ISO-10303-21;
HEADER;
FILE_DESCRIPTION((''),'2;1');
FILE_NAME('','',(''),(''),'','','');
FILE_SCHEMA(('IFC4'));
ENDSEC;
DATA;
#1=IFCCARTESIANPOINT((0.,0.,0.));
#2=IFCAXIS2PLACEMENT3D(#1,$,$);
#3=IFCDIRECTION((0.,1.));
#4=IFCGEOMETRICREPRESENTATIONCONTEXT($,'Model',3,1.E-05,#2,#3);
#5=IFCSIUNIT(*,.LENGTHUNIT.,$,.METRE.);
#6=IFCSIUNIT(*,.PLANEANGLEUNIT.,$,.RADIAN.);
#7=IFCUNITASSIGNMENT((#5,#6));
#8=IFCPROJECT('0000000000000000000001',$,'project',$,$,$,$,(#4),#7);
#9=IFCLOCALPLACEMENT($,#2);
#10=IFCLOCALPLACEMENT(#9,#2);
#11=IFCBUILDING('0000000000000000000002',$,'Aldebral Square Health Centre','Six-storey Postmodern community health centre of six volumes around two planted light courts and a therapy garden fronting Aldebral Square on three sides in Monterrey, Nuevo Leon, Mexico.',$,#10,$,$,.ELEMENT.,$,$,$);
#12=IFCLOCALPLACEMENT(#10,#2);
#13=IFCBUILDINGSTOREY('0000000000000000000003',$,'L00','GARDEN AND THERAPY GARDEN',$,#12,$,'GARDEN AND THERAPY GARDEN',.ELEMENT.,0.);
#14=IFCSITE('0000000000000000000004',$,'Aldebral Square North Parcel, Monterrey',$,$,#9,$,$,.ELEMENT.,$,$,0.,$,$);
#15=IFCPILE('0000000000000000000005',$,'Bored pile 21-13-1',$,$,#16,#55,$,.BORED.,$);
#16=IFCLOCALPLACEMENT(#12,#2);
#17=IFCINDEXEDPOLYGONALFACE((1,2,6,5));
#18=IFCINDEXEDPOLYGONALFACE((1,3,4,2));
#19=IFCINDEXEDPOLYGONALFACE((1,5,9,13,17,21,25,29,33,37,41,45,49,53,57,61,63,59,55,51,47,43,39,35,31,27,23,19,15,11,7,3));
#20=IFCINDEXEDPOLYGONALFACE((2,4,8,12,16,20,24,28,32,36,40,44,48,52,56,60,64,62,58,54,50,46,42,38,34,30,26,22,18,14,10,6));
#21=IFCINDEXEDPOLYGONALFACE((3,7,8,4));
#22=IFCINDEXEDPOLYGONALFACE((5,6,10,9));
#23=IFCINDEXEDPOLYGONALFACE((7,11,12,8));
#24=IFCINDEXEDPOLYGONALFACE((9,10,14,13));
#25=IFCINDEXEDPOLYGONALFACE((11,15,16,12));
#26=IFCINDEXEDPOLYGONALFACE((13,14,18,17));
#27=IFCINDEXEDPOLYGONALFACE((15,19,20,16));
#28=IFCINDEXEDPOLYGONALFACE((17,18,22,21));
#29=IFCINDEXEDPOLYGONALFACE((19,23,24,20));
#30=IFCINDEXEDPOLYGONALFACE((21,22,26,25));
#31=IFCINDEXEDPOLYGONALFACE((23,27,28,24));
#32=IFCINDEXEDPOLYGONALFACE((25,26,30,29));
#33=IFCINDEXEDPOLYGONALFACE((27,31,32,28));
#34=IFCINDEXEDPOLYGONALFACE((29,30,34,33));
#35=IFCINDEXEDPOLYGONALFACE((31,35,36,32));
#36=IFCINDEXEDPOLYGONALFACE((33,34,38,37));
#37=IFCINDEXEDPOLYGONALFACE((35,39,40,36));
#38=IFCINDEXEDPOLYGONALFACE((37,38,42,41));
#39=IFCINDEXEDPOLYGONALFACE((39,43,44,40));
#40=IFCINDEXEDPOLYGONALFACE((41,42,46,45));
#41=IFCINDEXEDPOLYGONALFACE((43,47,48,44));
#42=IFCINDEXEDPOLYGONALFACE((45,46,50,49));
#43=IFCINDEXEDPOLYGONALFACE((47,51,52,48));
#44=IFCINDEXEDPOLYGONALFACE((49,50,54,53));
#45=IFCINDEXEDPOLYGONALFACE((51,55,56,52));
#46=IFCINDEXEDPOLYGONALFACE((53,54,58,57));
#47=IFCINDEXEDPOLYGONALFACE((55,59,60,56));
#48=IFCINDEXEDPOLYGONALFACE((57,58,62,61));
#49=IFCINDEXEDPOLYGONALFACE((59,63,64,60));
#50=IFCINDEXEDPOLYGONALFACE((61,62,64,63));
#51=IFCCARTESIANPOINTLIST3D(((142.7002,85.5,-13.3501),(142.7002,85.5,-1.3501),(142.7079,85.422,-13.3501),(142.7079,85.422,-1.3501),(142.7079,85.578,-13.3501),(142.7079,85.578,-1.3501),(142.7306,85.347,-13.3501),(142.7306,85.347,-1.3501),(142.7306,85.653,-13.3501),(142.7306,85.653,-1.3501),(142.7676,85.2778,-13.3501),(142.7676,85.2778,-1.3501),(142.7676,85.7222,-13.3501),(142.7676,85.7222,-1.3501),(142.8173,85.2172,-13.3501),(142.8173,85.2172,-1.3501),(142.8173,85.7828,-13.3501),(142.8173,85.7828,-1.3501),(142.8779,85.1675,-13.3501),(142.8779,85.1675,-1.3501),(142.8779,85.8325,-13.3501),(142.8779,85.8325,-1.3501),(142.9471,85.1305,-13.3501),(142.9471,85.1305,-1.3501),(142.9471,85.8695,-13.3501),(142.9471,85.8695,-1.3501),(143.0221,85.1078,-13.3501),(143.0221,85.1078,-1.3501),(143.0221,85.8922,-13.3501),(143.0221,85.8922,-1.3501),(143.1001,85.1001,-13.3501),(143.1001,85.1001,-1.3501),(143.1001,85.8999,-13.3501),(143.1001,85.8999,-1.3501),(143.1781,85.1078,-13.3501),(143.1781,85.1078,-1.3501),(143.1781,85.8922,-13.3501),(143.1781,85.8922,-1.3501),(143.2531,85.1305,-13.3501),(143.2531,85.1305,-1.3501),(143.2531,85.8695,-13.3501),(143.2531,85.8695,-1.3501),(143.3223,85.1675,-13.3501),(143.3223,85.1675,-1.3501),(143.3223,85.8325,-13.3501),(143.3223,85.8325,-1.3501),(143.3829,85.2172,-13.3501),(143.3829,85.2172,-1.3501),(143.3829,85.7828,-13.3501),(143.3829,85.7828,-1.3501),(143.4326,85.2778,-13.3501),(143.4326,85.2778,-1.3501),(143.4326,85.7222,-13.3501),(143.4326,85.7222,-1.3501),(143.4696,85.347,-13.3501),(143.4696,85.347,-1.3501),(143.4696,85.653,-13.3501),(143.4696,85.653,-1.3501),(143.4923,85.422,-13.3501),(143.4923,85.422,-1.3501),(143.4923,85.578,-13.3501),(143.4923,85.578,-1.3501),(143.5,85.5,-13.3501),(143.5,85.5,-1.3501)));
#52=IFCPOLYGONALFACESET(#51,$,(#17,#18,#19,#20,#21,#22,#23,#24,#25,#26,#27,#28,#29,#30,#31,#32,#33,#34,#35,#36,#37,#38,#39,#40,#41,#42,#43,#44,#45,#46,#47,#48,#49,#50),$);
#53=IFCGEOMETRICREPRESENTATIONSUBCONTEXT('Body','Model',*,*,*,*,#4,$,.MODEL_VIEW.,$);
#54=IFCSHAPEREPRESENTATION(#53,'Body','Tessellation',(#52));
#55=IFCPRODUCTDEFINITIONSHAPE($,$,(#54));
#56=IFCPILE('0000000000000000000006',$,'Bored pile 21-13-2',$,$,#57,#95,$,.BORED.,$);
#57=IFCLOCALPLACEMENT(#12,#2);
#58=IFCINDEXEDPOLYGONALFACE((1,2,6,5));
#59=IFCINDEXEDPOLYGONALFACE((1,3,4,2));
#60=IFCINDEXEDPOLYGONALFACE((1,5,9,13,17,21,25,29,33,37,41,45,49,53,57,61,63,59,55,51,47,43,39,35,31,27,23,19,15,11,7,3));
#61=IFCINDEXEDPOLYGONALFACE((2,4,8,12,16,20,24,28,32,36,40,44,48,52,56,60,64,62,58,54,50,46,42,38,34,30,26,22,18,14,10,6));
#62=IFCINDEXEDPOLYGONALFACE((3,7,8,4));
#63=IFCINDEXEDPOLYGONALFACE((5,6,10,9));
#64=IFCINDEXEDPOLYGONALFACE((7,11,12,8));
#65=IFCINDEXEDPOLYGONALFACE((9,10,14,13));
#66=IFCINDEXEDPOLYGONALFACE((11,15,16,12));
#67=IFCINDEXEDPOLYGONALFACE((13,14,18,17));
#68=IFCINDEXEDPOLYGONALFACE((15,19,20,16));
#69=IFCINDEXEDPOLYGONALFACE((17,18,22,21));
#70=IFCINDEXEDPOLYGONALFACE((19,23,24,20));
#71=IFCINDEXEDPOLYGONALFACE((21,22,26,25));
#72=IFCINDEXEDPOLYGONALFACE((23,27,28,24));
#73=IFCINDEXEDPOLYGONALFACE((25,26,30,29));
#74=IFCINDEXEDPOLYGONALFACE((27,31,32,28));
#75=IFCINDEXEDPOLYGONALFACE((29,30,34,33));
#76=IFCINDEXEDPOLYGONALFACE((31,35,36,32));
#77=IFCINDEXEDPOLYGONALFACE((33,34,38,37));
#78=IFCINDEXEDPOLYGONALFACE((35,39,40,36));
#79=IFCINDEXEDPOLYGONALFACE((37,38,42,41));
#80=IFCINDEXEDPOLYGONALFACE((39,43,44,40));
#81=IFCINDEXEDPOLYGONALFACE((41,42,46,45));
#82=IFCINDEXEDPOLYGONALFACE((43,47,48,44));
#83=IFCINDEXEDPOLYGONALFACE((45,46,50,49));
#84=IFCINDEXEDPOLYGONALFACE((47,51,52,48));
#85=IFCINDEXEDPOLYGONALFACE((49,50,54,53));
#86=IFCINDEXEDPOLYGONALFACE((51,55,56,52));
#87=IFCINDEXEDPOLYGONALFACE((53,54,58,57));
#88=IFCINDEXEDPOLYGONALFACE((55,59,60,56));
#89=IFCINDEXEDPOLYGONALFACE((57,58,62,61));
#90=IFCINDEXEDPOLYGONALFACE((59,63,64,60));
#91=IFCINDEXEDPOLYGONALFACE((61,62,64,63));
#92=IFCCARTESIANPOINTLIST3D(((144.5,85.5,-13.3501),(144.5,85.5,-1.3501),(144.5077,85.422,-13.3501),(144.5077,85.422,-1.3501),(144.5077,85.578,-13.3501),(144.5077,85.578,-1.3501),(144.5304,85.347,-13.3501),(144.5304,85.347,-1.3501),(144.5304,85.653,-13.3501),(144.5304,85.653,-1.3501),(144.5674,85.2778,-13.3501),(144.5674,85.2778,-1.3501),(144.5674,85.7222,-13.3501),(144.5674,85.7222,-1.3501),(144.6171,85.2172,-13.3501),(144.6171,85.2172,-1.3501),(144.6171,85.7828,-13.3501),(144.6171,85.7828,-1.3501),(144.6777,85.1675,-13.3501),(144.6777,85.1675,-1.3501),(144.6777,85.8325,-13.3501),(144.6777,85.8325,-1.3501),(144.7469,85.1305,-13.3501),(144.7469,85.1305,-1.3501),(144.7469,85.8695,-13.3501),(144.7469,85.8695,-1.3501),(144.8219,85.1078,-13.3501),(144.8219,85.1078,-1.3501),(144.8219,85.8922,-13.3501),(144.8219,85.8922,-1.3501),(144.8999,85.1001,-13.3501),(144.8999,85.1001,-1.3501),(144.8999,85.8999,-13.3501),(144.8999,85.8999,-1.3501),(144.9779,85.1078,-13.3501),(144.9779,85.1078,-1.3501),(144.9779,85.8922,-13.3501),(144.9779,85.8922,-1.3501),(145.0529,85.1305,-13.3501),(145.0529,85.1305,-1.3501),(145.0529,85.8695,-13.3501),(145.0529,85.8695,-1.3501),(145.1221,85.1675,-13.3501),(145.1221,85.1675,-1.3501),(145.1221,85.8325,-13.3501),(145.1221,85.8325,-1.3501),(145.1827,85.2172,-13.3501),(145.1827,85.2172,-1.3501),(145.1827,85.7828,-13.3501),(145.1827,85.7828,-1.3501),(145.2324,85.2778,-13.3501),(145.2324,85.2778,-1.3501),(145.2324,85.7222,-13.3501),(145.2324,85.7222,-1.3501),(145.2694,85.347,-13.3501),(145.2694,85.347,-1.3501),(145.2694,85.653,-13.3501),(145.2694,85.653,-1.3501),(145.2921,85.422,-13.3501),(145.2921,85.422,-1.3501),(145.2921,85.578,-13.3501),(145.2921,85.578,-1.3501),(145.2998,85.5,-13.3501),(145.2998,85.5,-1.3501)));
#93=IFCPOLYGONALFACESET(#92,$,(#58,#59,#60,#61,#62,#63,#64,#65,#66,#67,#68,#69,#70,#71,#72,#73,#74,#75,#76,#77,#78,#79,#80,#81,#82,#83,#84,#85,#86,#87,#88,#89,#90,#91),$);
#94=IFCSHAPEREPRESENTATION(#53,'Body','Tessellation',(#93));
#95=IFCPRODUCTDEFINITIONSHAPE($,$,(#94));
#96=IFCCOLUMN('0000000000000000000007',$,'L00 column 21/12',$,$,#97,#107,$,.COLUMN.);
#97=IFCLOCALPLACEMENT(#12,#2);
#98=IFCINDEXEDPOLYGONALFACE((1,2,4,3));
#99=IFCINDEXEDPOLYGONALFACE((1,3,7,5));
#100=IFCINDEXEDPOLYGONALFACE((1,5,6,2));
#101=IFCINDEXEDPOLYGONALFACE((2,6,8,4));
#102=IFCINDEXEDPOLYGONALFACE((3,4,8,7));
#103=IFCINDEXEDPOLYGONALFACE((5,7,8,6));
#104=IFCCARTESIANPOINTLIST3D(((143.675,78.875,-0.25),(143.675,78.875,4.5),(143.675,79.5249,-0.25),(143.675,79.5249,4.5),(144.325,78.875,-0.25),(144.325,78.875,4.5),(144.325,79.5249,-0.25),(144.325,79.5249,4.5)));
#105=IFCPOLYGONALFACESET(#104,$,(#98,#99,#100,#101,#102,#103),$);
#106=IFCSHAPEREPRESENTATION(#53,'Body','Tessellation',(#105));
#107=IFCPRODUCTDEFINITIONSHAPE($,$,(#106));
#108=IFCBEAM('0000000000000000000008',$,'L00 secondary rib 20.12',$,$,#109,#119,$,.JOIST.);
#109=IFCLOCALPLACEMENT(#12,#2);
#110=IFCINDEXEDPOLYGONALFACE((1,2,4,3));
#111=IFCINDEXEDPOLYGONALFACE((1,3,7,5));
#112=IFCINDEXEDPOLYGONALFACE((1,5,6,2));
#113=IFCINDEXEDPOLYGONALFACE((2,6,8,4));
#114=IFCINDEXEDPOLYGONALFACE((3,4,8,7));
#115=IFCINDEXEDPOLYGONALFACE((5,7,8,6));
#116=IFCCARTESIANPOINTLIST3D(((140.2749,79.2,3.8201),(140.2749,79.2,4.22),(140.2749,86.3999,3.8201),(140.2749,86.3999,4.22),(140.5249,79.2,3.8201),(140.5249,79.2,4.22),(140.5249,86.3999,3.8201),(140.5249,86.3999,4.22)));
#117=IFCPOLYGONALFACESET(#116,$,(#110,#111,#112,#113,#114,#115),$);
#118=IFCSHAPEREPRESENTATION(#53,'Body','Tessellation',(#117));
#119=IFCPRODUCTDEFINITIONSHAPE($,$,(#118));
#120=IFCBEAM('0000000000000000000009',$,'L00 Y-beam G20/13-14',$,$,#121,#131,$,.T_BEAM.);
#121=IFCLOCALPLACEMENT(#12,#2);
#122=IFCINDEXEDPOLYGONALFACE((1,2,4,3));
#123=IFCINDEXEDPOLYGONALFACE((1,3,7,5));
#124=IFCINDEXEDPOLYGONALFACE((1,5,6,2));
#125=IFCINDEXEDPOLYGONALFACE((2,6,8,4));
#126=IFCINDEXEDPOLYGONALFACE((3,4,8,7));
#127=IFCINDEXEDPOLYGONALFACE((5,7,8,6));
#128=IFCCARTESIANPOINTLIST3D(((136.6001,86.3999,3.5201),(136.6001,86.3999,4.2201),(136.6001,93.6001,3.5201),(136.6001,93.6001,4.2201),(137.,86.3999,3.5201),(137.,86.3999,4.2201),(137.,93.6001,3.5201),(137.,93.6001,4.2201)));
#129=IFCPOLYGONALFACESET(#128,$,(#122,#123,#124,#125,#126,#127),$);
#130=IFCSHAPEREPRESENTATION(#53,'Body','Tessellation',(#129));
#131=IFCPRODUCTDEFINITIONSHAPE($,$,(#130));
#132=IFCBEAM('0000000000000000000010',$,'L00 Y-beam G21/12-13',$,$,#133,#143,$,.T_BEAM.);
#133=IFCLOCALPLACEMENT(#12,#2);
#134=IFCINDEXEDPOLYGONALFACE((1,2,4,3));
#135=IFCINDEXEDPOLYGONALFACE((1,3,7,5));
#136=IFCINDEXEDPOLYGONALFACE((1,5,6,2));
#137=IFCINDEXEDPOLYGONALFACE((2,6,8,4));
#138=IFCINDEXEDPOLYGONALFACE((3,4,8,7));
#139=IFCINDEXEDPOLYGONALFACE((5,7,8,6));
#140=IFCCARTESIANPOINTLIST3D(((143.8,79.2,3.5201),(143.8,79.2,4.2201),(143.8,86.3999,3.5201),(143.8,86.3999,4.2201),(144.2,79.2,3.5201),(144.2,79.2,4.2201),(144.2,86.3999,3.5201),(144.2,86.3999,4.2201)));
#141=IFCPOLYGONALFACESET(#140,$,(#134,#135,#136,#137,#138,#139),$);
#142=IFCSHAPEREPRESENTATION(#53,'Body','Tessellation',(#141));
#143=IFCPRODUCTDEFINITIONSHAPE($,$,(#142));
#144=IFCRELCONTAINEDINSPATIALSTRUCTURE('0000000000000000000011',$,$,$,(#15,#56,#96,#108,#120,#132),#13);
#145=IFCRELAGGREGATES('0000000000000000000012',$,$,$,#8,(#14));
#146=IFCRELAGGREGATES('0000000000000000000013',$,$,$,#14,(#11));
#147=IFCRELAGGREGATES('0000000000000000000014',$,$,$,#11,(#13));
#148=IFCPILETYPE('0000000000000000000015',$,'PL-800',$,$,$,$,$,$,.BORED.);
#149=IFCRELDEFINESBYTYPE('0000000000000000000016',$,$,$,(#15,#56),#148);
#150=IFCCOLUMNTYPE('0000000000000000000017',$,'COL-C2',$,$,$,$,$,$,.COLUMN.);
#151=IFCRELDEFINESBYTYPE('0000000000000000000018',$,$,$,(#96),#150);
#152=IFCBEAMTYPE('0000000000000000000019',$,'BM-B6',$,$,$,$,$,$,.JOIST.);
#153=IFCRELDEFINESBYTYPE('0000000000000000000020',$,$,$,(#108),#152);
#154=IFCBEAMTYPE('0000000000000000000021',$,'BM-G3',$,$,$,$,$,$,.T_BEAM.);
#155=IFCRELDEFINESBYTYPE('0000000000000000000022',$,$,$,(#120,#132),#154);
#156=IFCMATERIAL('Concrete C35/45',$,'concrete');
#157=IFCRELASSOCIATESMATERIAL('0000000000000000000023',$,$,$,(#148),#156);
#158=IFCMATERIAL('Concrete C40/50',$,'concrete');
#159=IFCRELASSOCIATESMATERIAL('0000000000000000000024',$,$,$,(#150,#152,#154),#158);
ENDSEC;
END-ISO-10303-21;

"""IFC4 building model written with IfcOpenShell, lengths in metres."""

from ifc_helpers import new_model, si_unit, direction, frame, origin, origin_2d, place, context, subcontext, project, spatial, rectangle, circle, extrude, material, material_profile, profile_set, type_object, element, save


model = new_model("IFC4")

# Units and contexts
model_context = context("Model", 3, precision=1e-05, world=origin(), true_north=direction((0.0, 1.0)))
body_context = subcontext(model_context, "Body", "Model", "MODEL_VIEW")
ifc_project = project(units=[si_unit("LENGTHUNIT", "METRE"), si_unit("PLANEANGLEUNIT", "RADIAN")], contexts=[model_context])

# Site, building, storey
site_placement = place(None, origin())
site = spatial("IfcSite", under=ifc_project, at=site_placement, Name="Aldebral Square North Parcel, Monterrey", CompositionType="ELEMENT", RefElevation=0.0)
building_placement = place(site_placement, origin())
building = spatial("IfcBuilding", under=site, at=building_placement, Name="Aldebral Square Health Centre", Description="Six-storey Postmodern community health centre of six volumes around two planted light courts and a therapy garden fronting Aldebral Square on three sides in Monterrey, Nuevo Leon, Mexico.", CompositionType="ELEMENT")
storey_placement = place(building_placement, origin())
storey = spatial("IfcBuildingStorey", under=building, at=storey_placement, Name="L00", Description="GARDEN AND THERAPY GARDEN", LongName="GARDEN AND THERAPY GARDEN", CompositionType="ELEMENT", Elevation=0.0)

# Shared definitions
ifc_material_1 = material(Name="Concrete C35/45", Category="concrete")

# Piles
ifc_material_profile_1 = material_profile(ifc_material_1, circle(Radius=0.3999, at=origin_2d()), Name="PILE D800")
ifc_profile_set_1 = profile_set([ifc_material_profile_1], Name="Concrete C35/45")
pile_type_1 = type_object("IfcPileType", Name="PL-800", PredefinedType="BORED", material=ifc_profile_set_1)
for number, where, z_axis, x_axis, name in (
    (1, (143.1001, 85.5, -1.3501), (0.0, 0.0, -1.0), (1.0, 0.0, 0.0), "Bored pile 21-13-1"),
    (2, (144.8999, 85.5, -1.3501), (0.0, 0.0, -1.0), (1.0, 0.0, 0.0), "Bored pile 21-13-2"),
):
    element("IfcPile", number, at=place(storey_placement, frame(where, z_axis=z_axis, x_axis=x_axis)), inside=storey, type_object=pile_type_1, Name=name, PredefinedType="BORED", context=body_context, shape_type="SweptSolid", body=[
        extrude(circle(Radius=0.3999, at=origin_2d()), origin(), (0.0, 0.0, 1.0), 12.0),
    ])

# Column
ifc_material_2 = material(Name="Concrete C40/50", Category="concrete")
ifc_material_profile_2 = material_profile(ifc_material_2, rectangle(XDim=0.6499, YDim=0.6499, at=origin_2d()), Name="RC 650x650")
ifc_profile_set_2 = profile_set([ifc_material_profile_2], Name="Concrete C40/50")
column_type = type_object("IfcColumnType", Name="COL-C2", PredefinedType="COLUMN", material=ifc_profile_set_2)
column_placement = place(storey_placement, frame((144.0, 79.2, -0.25), z_axis=(0.0, 0.0, 1.0), x_axis=(1.0, 0.0, 0.0)))
element("IfcColumn", 3, at=column_placement, inside=storey, type_object=column_type, Name="L00 column 21/12", PredefinedType="COLUMN", context=body_context, shape_type="SweptSolid", body=[
    extrude(rectangle(XDim=0.6499, YDim=0.6499, at=origin_2d()), origin(), (0.0, 0.0, 1.0), 4.75),
])

# Beams
ifc_material_profile_3 = material_profile(ifc_material_2, rectangle(XDim=0.25, YDim=0.3999, at=origin_2d()), Name="RC 250x400")
ifc_profile_set_3 = profile_set([ifc_material_profile_3], Name="Concrete C40/50")
beam_type_1 = type_object("IfcBeamType", Name="BM-B6", PredefinedType="JOIST", material=ifc_profile_set_3)
beam_1_placement = place(storey_placement, frame((140.3999, 79.2, 4.02), z_axis=(0.0, 1.0, 0.0), x_axis=(-1.0, 0.0, 0.0)))
element("IfcBeam", 4, at=beam_1_placement, inside=storey, type_object=beam_type_1, Name="L00 secondary rib 20.12", PredefinedType="JOIST", context=body_context, shape_type="SweptSolid", body=[
    extrude(rectangle(XDim=0.25, YDim=0.3999, at=origin_2d()), origin(), (0.0, 0.0, 1.0), 7.2),
])
ifc_material_profile_4 = material_profile(ifc_material_2, rectangle(XDim=0.3999, YDim=0.7, at=origin_2d()), Name="RC 400x700")
ifc_profile_set_4 = profile_set([ifc_material_profile_4], Name="Concrete C40/50")
beam_type_2 = type_object("IfcBeamType", Name="BM-G3", PredefinedType="T_BEAM", material=ifc_profile_set_4)
beam_2_placement = place(storey_placement, frame((136.8, 86.3999, 3.8701), z_axis=(0.0, 1.0, 0.0), x_axis=(-1.0, 0.0, 0.0)))
element("IfcBeam", 5, at=beam_2_placement, inside=storey, type_object=beam_type_2, Name="L00 Y-beam G20/13-14", PredefinedType="T_BEAM", context=body_context, shape_type="SweptSolid", body=[
    extrude(rectangle(XDim=0.3999, YDim=0.7, at=origin_2d()), origin(), (0.0, 0.0, 1.0), 7.2002),
])
beam_3_placement = place(storey_placement, frame((144.0, 79.2, 3.8701), z_axis=(0.0, 1.0, 0.0), x_axis=(-1.0, 0.0, 0.0)))
element("IfcBeam", 6, at=beam_3_placement, inside=storey, type_object=beam_type_2, Name="L00 Y-beam G21/12-13", PredefinedType="T_BEAM", context=body_context, shape_type="SweptSolid", body=[
    extrude(rectangle(XDim=0.3999, YDim=0.7, at=origin_2d()), origin(), (0.0, 0.0, 1.0), 7.2),
])

save(model, "model.ifc")
